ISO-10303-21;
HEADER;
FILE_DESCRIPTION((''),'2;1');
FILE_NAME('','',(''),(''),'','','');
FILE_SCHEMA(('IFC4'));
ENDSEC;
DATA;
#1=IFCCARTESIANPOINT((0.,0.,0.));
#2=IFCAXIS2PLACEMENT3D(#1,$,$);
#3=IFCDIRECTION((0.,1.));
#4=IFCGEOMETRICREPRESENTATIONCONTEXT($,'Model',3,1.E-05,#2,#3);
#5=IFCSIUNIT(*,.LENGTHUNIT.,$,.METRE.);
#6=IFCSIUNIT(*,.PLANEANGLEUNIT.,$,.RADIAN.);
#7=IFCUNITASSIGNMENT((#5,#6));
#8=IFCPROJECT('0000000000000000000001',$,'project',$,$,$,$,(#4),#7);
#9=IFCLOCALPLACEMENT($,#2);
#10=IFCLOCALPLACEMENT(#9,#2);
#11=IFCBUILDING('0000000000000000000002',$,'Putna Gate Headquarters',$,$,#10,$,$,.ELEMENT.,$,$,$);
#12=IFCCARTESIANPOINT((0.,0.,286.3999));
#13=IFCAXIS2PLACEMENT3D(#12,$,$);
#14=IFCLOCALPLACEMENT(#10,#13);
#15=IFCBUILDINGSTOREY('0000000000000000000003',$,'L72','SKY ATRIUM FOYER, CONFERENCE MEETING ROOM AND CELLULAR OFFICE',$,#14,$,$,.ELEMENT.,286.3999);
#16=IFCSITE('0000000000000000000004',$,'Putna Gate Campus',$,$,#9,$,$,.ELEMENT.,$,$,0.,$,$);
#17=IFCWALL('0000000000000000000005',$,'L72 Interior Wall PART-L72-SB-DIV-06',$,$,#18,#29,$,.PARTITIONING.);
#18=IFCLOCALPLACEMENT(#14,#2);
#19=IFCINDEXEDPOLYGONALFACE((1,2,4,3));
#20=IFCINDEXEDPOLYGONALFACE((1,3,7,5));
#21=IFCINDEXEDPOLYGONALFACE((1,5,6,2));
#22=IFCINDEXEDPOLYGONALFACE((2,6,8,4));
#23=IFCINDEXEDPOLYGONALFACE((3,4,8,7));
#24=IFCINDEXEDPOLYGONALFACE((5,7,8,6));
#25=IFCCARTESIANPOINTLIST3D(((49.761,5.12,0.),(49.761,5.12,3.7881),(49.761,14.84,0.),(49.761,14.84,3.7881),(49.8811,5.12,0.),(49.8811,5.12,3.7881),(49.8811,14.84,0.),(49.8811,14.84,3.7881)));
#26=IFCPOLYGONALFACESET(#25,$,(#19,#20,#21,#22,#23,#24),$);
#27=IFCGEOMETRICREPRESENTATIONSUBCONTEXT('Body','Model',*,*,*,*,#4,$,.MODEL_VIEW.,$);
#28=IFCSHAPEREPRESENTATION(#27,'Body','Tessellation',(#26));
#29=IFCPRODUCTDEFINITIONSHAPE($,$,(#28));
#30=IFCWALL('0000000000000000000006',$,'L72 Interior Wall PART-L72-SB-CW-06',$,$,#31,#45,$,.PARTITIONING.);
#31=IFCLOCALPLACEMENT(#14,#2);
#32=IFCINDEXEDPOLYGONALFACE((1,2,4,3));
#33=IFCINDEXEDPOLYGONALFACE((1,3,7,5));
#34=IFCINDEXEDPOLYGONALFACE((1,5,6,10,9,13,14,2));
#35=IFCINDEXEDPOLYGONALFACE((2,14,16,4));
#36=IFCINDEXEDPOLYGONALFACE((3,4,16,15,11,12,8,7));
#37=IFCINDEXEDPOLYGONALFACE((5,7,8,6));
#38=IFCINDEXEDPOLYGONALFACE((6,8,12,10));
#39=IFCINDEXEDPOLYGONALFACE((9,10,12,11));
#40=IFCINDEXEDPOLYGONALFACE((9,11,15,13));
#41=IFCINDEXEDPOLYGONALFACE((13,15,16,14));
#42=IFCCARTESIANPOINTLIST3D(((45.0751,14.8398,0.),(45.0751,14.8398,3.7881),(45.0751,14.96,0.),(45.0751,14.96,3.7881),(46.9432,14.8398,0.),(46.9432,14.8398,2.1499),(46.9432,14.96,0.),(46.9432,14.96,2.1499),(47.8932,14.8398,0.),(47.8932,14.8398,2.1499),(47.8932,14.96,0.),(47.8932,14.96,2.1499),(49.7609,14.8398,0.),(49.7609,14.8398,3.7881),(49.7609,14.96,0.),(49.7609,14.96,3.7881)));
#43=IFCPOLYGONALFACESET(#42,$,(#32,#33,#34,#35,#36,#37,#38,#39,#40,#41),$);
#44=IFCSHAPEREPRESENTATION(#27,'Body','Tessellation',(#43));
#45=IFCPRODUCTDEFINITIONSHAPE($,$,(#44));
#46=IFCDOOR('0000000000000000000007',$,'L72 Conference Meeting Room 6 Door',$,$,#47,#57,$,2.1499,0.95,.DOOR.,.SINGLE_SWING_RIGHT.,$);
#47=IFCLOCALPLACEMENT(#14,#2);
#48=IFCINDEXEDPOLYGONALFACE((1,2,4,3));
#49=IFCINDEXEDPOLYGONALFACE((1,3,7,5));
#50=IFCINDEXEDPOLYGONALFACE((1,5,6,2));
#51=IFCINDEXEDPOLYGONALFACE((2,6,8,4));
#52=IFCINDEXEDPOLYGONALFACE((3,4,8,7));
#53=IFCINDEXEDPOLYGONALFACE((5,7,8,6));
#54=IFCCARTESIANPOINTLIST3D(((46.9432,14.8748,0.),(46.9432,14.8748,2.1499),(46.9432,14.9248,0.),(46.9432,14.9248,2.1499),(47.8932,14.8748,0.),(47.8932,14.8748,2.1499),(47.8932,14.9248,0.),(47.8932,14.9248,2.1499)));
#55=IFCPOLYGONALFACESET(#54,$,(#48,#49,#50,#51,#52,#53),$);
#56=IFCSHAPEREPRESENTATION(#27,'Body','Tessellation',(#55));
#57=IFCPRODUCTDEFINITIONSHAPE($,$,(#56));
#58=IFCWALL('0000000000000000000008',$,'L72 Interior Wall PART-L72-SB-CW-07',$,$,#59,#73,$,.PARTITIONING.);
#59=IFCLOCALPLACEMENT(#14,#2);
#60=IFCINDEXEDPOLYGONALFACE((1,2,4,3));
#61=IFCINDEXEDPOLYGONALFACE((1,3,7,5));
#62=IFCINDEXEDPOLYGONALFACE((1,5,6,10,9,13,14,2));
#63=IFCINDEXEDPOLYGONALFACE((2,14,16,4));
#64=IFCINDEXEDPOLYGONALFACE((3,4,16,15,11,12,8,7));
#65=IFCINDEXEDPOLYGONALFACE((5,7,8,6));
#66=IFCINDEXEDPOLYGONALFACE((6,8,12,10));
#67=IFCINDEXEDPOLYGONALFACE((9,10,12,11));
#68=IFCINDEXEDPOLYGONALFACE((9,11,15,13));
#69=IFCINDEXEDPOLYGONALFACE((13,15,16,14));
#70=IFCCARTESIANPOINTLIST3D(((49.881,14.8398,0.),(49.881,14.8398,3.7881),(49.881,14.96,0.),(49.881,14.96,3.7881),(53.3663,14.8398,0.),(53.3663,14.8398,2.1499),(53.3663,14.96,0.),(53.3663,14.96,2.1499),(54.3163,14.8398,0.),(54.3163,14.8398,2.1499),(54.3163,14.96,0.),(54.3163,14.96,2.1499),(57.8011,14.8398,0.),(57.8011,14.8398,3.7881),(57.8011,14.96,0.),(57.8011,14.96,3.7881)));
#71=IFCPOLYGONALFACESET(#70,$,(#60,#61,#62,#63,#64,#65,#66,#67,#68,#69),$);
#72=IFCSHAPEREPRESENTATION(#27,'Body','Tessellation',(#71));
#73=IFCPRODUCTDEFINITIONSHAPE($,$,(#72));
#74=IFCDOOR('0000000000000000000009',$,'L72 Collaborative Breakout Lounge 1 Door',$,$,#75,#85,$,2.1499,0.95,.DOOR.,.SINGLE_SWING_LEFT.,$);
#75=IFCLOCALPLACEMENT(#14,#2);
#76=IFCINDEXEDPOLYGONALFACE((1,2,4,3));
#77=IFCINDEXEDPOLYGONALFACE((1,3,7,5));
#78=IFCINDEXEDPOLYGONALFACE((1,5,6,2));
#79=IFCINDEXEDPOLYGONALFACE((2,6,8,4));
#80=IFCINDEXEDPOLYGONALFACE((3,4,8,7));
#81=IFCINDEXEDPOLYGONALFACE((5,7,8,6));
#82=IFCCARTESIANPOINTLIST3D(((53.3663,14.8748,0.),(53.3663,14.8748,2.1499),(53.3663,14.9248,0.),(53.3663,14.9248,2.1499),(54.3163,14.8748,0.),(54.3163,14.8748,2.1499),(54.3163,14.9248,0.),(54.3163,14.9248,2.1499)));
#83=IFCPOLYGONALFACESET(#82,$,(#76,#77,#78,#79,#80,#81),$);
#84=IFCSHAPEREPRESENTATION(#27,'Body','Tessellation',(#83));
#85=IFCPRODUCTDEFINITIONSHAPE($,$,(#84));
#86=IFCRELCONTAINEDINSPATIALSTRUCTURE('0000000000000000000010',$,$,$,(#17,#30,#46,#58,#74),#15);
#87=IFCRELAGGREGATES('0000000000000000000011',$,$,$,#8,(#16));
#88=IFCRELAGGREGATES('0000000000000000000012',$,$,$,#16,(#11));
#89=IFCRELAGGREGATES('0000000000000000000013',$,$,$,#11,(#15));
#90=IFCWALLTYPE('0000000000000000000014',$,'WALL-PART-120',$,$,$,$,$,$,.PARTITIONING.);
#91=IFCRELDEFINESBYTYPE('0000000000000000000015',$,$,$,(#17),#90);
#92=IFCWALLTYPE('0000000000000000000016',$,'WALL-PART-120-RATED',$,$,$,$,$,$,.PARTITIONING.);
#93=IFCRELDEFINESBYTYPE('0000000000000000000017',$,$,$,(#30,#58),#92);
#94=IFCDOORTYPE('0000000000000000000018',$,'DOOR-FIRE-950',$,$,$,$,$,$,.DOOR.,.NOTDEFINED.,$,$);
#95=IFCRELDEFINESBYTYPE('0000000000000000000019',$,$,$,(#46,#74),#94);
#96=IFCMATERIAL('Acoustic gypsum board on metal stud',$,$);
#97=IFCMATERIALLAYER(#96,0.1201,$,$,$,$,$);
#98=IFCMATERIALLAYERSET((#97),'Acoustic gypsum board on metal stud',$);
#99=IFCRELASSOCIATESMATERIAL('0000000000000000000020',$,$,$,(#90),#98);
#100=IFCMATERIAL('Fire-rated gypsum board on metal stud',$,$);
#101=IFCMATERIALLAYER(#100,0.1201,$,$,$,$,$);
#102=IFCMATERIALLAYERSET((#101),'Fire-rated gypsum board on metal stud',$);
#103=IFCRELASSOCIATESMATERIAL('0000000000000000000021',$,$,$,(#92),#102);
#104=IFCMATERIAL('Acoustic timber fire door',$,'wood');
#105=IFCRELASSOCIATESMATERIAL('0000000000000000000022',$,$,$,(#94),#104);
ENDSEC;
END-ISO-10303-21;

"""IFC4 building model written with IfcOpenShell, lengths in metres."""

from ifc_helpers import new_model, si_unit, direction, frame, frame_2d, origin, place, context, subcontext, project, spatial, rectangle, extrude, material, layer, layer_set, type_object, element, fill, save


model = new_model("IFC4")

# Units and contexts
model_context = context("Model", 3, precision=1e-05, world=origin(), true_north=direction((0.0, 1.0)))
body_context = subcontext(model_context, "Body", "Model", "MODEL_VIEW")
ifc_project = project(units=[si_unit("LENGTHUNIT", "METRE"), si_unit("PLANEANGLEUNIT", "RADIAN")], contexts=[model_context])

# Site, building, storey
site_placement = place(None, origin())
site = spatial("IfcSite", under=ifc_project, at=site_placement, Name="Putna Gate Campus", CompositionType="ELEMENT", RefElevation=0.0)
building_placement = place(site_placement, origin())
building = spatial("IfcBuilding", under=site, at=building_placement, Name="Putna Gate Headquarters", CompositionType="ELEMENT")
storey_placement = place(building_placement, frame((0.0, 0.0, 286.3999)))
storey = spatial("IfcBuildingStorey", under=building, at=storey_placement, Name="L72", Description="SKY ATRIUM FOYER, CONFERENCE MEETING ROOM AND CELLULAR OFFICE", CompositionType="ELEMENT", Elevation=286.3999)

# Wall
ifc_material_1 = material(Name="Acoustic gypsum board on metal stud")
ifc_layer_1 = layer(ifc_material_1, 0.1201)
ifc_layer_set_1 = layer_set([ifc_layer_1], Name="Acoustic gypsum board on metal stud")
wall_type_1 = type_object("IfcWallType", Name="WALL-PART-120", PredefinedType="PARTITIONING", material=ifc_layer_set_1)
for number, where, z_axis, x_axis, name in (
    (1, (49.821, 5.1201, 0.0), (0.0, 0.0, 1.0), (0.0, 1.0, 0.0), "L72 Interior Wall PART-L72-SB-DIV-06"),
):
    element("IfcWall", number, at=place(storey_placement, frame(where, z_axis=z_axis, x_axis=x_axis)), inside=storey, type_object=wall_type_1, Name=name, PredefinedType="PARTITIONING", context=body_context, shape_type="SweptSolid", body=[
        extrude(rectangle(XDim=9.72, YDim=0.1201, at=frame_2d((4.8599, 0.0))), origin(), (0.0, 0.0, 1.0), 3.7881),
    ])

# Walls, openings, doors
ifc_material_2 = material(Name="Fire-rated gypsum board on metal stud")
ifc_layer_2 = layer(ifc_material_2, 0.1201)
ifc_layer_set_2 = layer_set([ifc_layer_2], Name="Fire-rated gypsum board on metal stud")
wall_type_2 = type_object("IfcWallType", Name="WALL-PART-120-RATED", PredefinedType="PARTITIONING", material=ifc_layer_set_2)
wall_1_placement = place(storey_placement, frame((45.0752, 14.8999, 0.0), z_axis=(0.0, 0.0, 1.0), x_axis=(1.0, 0.0, 0.0)))
wall_1 = element("IfcWall", 2, at=wall_1_placement, inside=storey, type_object=wall_type_2, Name="L72 Interior Wall PART-L72-SB-CW-06", PredefinedType="PARTITIONING", context=body_context, shape_type="SweptSolid", body=[
    extrude(rectangle(XDim=4.6858, YDim=0.1201, at=frame_2d((2.3428, 0.0))), origin(), (0.0, 0.0, 1.0), 3.7881),
])
opening_1_placement = place(wall_1_placement, frame((1.8679, 0.0, 0.0)))
opening_1 = element("IfcOpeningElement", 3, at=opening_1_placement, cuts=wall_1, PredefinedType="OPENING", context=body_context, shape_type="SweptSolid", body=[
    extrude(rectangle(XDim=0.95, YDim=2.1499, at=frame_2d((0.4751, 1.075))), frame((0.0, 0.0701, 0.0), z_axis=(0.0, -1.0, 0.0), x_axis=(1.0, 0.0, 0.0)), (0.0, 0.0, 1.0), 0.1401),
])
ifc_material_3 = material(Name="Acoustic timber fire door", Category="wood")
door_type = type_object("IfcDoorType", Name="DOOR-FIRE-950", OperationType="NOTDEFINED", PredefinedType="DOOR", material=ifc_material_3)
door_1_placement = place(opening_1_placement, origin())
door_1 = element("IfcDoor", 4, at=door_1_placement, inside=storey, type_object=door_type, Name="L72 Conference Meeting Room 6 Door", OperationType="SINGLE_SWING_RIGHT", OverallHeight=2.1499, OverallWidth=0.95, PredefinedType="DOOR", context=body_context, shape_type="SweptSolid", body=[
    extrude(rectangle(XDim=0.95, YDim=2.1499, at=frame_2d((0.4751, 1.075))), frame((0.0, 0.0249, 0.0), z_axis=(0.0, -1.0, 0.0), x_axis=(1.0, 0.0, 0.0)), (0.0, 0.0, 1.0), 0.05),
])
fill(opening_1, door_1)
wall_2_placement = place(storey_placement, frame((49.8811, 14.8999, 0.0), z_axis=(0.0, 0.0, 1.0), x_axis=(1.0, 0.0, 0.0)))
wall_2 = element("IfcWall", 5, at=wall_2_placement, inside=storey, type_object=wall_type_2, Name="L72 Interior Wall PART-L72-SB-CW-07", PredefinedType="PARTITIONING", context=body_context, shape_type="SweptSolid", body=[
    extrude(rectangle(XDim=7.9202, YDim=0.1201, at=frame_2d((3.96, 0.0))), origin(), (0.0, 0.0, 1.0), 3.7881),
])
opening_2_placement = place(wall_2_placement, frame((3.4851, 0.0, 0.0)))
opening_2 = element("IfcOpeningElement", 6, at=opening_2_placement, cuts=wall_2, PredefinedType="OPENING", context=body_context, shape_type="SweptSolid", body=[
    extrude(rectangle(XDim=0.95, YDim=2.1499, at=frame_2d((0.4751, 1.075))), frame((0.0, 0.0701, 0.0), z_axis=(0.0, -1.0, 0.0), x_axis=(1.0, 0.0, 0.0)), (0.0, 0.0, 1.0), 0.1401),
])
door_2_placement = place(opening_2_placement, origin())
door_2 = element("IfcDoor", 7, at=door_2_placement, inside=storey, type_object=door_type, Name="L72 Collaborative Breakout Lounge 1 Door", OperationType="SINGLE_SWING_LEFT", OverallHeight=2.1499, OverallWidth=0.95, PredefinedType="DOOR", context=body_context, shape_type="SweptSolid", body=[
    extrude(rectangle(XDim=0.95, YDim=2.1499, at=frame_2d((0.4751, 1.075))), frame((0.0, 0.0249, 0.0), z_axis=(0.0, -1.0, 0.0), x_axis=(1.0, 0.0, 0.0)), (0.0, 0.0, 1.0), 0.05),
])
fill(opening_2, door_2)

save(model, "model.ifc")
